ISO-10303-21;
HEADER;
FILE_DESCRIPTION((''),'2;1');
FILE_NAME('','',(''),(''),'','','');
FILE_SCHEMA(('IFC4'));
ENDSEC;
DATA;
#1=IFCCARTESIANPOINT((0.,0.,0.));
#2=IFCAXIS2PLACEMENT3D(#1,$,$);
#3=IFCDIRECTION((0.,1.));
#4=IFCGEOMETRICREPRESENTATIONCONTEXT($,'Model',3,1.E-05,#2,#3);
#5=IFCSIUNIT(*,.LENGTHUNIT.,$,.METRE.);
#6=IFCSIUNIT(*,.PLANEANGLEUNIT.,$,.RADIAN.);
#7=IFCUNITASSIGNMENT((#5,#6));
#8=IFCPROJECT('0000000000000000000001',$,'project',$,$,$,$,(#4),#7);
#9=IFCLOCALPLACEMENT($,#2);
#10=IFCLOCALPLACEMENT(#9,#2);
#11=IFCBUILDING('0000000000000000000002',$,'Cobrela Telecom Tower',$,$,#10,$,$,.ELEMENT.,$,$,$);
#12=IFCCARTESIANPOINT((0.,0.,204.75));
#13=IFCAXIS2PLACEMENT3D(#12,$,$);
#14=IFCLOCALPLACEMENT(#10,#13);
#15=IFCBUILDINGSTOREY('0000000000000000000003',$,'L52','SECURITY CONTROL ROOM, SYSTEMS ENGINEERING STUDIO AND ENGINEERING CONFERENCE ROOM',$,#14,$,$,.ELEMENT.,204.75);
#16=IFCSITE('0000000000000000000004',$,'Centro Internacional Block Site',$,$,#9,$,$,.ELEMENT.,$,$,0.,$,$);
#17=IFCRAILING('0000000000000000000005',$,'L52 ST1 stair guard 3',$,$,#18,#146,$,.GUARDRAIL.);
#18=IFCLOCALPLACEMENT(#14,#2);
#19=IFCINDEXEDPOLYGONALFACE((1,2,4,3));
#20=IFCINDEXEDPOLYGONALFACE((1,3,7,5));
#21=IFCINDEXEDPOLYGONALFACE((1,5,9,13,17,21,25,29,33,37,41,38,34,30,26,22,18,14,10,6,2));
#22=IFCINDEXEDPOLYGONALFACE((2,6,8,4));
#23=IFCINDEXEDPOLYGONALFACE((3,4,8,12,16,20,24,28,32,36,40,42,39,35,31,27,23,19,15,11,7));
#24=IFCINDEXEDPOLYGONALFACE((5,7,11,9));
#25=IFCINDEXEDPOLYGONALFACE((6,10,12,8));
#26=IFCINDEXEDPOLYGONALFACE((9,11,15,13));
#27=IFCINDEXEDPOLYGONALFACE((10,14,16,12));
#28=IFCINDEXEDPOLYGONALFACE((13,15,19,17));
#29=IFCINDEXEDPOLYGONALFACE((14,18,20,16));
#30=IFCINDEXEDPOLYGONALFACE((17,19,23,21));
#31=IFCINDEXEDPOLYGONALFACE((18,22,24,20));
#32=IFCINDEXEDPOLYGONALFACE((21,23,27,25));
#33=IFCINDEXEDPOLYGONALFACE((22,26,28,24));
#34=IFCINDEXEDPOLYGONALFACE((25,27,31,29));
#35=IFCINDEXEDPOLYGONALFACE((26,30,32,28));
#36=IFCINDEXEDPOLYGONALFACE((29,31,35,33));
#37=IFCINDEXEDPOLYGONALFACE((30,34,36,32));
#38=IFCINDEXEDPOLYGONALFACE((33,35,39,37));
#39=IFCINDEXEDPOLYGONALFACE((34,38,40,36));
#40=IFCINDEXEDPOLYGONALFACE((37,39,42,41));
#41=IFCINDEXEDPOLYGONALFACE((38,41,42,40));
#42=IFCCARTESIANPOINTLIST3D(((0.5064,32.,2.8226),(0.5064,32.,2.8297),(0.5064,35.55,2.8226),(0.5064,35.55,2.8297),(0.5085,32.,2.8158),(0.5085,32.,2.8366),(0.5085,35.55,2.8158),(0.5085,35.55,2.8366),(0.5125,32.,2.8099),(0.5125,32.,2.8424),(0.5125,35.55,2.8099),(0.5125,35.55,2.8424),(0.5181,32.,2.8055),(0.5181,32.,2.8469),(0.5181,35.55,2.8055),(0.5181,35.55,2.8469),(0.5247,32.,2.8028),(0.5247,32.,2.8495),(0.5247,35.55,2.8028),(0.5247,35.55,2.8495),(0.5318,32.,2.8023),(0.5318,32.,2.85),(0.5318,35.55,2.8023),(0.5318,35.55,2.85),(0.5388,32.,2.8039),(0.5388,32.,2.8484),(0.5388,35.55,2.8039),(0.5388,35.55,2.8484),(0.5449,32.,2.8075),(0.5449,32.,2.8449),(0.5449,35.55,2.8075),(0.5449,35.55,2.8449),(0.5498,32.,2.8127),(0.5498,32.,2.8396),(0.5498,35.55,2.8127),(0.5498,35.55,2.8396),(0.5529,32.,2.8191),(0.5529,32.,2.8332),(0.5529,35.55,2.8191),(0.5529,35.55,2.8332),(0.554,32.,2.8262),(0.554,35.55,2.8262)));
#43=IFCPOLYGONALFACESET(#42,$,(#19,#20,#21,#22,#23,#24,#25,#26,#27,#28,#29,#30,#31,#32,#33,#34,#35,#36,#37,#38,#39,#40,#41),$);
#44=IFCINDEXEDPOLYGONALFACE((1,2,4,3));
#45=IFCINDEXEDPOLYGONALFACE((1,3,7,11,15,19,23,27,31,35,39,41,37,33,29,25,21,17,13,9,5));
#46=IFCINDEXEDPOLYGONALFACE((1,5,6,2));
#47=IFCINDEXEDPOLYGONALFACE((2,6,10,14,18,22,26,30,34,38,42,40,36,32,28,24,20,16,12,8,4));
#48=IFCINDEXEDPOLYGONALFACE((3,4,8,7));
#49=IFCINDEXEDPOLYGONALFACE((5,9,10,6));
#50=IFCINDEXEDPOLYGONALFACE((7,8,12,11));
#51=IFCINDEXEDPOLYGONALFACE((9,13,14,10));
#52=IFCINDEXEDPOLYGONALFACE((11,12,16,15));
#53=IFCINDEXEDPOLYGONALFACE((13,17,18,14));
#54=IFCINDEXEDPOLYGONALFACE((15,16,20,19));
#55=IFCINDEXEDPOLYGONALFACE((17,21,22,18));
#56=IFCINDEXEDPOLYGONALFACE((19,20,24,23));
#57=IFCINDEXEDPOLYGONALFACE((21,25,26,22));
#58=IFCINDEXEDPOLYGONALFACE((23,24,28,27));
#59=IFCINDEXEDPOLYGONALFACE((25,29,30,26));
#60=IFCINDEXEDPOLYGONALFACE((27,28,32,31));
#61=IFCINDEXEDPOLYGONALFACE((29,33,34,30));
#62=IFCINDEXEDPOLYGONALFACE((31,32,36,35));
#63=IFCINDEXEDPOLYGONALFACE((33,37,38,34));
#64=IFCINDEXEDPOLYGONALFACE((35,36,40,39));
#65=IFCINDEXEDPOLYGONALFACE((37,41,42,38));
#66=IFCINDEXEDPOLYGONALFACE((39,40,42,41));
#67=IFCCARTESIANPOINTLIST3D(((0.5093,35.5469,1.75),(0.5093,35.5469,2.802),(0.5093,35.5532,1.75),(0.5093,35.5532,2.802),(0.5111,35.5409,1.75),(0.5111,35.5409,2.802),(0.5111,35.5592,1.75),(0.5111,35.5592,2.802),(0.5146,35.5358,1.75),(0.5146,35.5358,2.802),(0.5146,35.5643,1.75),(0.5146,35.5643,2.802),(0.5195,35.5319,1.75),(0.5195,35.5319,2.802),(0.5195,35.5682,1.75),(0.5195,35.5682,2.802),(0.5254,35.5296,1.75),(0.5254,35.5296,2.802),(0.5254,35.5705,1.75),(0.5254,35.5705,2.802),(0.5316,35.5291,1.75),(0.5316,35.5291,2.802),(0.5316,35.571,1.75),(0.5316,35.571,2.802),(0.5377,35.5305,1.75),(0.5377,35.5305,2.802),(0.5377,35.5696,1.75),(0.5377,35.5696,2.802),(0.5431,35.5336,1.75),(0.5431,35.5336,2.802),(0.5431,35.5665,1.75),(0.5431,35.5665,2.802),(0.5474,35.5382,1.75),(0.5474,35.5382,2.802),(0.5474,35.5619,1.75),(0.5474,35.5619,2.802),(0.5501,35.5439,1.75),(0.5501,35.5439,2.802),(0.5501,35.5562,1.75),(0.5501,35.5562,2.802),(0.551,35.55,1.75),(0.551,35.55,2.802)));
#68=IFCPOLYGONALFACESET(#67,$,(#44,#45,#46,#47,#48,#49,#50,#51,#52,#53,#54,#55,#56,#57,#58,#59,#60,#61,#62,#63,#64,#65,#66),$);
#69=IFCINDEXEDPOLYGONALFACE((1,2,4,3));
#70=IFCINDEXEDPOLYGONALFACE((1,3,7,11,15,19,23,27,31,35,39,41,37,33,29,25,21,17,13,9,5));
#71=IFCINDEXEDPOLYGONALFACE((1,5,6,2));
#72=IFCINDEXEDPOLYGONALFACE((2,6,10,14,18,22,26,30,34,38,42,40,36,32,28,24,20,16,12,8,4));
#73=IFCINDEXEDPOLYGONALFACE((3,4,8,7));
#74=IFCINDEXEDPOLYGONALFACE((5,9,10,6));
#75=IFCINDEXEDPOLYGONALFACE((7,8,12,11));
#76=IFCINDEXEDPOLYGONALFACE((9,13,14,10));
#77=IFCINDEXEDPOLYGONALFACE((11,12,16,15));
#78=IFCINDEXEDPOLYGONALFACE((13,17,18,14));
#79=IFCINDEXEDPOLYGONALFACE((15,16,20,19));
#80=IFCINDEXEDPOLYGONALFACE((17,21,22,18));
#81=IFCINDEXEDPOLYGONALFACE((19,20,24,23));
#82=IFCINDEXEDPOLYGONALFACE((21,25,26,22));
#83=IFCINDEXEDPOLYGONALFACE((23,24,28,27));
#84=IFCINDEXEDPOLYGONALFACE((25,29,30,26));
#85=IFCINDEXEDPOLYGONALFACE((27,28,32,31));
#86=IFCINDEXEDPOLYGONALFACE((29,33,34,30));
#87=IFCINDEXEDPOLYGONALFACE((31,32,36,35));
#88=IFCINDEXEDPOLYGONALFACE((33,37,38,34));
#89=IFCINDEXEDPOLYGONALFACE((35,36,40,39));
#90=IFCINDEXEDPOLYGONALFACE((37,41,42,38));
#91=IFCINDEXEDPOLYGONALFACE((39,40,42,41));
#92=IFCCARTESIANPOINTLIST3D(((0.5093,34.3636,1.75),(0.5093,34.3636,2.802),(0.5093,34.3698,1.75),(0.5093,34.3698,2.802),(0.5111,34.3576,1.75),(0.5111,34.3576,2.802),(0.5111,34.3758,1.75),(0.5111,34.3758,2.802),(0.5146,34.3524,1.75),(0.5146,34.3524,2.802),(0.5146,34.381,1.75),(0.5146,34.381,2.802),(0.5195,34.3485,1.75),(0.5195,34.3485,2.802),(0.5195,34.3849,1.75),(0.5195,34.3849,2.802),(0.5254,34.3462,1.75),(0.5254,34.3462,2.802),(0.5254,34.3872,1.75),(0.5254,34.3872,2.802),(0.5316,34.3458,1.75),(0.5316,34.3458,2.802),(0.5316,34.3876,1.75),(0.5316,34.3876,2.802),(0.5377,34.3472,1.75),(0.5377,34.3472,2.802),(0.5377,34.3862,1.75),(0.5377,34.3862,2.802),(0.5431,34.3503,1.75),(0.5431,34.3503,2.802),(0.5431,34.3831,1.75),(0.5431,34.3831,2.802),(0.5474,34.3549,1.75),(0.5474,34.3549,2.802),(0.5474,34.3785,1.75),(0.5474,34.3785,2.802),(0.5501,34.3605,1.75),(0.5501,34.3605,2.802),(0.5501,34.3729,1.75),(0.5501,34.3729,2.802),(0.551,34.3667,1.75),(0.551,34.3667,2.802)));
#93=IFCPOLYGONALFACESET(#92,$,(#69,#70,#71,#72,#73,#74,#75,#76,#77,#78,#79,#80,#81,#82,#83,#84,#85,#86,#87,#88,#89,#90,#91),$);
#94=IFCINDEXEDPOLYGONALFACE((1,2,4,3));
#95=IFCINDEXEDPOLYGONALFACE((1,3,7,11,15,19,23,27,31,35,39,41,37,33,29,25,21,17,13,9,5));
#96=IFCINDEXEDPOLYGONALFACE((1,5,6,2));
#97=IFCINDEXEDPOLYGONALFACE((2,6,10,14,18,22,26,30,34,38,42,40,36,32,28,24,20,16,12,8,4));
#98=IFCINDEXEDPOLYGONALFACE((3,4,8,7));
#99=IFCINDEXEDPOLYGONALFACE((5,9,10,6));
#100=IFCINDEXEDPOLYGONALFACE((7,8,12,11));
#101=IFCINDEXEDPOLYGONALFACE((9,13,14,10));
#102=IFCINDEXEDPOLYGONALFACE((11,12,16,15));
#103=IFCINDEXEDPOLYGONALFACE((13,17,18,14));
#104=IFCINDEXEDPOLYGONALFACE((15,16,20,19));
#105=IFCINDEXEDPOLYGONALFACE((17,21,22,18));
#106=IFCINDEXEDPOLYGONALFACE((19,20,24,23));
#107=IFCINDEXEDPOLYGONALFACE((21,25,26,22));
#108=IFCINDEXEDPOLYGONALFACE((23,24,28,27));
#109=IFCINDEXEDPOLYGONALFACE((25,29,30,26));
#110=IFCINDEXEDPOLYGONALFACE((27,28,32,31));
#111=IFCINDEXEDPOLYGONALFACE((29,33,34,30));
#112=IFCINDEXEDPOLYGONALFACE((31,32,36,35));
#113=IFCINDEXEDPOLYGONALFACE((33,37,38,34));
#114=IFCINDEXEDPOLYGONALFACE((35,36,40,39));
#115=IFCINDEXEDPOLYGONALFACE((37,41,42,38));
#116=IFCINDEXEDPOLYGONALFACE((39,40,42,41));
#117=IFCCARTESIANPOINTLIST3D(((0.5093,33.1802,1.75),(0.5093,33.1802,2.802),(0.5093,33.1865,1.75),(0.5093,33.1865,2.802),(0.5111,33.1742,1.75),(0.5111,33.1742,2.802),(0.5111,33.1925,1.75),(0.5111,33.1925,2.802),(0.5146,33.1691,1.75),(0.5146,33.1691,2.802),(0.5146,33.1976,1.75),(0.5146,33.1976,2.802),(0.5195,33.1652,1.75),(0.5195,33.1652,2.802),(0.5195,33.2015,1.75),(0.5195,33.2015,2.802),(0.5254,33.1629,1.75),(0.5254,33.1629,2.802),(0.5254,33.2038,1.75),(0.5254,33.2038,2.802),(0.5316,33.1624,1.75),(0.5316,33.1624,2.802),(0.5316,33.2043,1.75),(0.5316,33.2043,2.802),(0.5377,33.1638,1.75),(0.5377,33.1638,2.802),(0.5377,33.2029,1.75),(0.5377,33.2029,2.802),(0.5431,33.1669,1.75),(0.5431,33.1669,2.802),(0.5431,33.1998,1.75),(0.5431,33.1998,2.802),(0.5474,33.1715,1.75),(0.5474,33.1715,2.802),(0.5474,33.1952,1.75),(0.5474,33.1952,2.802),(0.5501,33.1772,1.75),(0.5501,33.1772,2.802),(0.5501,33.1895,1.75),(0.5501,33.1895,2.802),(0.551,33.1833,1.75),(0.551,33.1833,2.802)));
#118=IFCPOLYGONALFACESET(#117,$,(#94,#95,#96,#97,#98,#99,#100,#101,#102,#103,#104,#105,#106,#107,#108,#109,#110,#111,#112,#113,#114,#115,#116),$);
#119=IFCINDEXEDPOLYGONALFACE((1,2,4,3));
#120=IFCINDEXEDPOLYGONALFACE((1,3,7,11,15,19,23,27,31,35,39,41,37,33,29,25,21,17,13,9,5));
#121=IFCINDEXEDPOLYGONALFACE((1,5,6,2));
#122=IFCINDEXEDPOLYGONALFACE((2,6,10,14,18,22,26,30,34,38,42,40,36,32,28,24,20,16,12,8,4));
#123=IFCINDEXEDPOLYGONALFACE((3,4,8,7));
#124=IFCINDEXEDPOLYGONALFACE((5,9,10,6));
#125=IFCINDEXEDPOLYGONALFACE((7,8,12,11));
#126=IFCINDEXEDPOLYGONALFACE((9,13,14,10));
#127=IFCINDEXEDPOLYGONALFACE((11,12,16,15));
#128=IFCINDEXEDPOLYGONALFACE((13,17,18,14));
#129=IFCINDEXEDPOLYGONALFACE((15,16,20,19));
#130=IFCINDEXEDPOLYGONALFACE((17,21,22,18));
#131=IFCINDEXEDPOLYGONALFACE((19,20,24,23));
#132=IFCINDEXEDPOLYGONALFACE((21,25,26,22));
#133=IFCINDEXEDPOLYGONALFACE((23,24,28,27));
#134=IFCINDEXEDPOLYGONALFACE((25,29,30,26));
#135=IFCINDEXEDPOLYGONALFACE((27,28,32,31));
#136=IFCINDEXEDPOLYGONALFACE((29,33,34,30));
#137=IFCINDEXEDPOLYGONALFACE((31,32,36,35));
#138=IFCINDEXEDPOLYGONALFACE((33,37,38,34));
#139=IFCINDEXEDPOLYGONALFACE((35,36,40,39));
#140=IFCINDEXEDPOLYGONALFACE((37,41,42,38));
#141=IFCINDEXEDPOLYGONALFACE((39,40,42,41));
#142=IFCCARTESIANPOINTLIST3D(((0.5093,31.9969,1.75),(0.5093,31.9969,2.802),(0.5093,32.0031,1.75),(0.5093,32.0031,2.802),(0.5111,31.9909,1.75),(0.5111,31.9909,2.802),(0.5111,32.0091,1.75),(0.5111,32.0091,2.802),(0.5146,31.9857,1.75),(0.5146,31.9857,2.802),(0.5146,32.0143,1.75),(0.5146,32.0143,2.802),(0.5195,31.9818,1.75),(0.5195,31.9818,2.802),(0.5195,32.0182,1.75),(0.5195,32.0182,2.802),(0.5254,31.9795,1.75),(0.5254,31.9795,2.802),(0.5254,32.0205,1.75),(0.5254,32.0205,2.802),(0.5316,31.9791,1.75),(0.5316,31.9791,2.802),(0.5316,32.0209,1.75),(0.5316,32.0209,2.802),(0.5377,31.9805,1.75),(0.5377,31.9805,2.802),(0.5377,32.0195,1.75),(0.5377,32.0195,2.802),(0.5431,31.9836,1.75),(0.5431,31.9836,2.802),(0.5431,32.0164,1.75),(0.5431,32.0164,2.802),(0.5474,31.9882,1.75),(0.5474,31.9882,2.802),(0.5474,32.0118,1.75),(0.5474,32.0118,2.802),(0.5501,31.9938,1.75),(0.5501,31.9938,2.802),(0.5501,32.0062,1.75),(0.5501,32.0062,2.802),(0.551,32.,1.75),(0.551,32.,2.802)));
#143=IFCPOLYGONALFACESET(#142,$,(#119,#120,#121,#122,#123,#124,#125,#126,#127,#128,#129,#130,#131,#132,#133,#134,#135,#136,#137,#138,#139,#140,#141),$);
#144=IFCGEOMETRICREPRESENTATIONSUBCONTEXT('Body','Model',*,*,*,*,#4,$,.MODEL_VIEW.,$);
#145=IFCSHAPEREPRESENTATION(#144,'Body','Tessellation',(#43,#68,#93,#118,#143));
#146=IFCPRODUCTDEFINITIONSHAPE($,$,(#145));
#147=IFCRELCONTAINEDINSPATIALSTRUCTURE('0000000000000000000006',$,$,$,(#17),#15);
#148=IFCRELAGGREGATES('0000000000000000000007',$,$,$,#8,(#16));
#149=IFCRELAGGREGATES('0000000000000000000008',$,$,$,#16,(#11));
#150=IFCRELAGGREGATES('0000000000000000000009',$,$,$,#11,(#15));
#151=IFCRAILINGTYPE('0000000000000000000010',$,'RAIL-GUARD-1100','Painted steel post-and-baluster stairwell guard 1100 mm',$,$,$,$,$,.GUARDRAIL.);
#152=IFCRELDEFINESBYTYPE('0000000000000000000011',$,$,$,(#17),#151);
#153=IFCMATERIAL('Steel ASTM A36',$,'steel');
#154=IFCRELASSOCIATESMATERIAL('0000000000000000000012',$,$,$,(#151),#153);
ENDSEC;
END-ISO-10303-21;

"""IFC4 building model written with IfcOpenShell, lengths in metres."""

from ifc_helpers import new_model, si_unit, direction, frame, origin, origin_2d, place, context, subcontext, project, spatial, circle, extrude, material, type_object, element, save


model = new_model("IFC4")

# Units and contexts
model_context = context("Model", 3, precision=1e-05, world=origin(), true_north=direction((0.0, 1.0)))
body_context = subcontext(model_context, "Body", "Model", "MODEL_VIEW")
ifc_project = project(units=[si_unit("LENGTHUNIT", "METRE"), si_unit("PLANEANGLEUNIT", "RADIAN")], contexts=[model_context])

# Site, building, storey
site_placement = place(None, origin())
site = spatial("IfcSite", under=ifc_project, at=site_placement, Name="Centro Internacional Block Site", CompositionType="ELEMENT", RefElevation=0.0)
building_placement = place(site_placement, origin())
building = spatial("IfcBuilding", under=site, at=building_placement, Name="Cobrela Telecom Tower", CompositionType="ELEMENT")
storey_placement = place(building_placement, frame((0.0, 0.0, 204.75)))
storey = spatial("IfcBuildingStorey", under=building, at=storey_placement, Name="L52", Description="SECURITY CONTROL ROOM, SYSTEMS ENGINEERING STUDIO AND ENGINEERING CONFERENCE ROOM", CompositionType="ELEMENT", Elevation=204.75)

# Shared definitions
ifc_material_1 = material(Name="Steel ASTM A36", Category="steel")

# Railing
railing_type_1 = type_object("IfcRailingType", Name="RAIL-GUARD-1100", Description="Painted steel post-and-baluster stairwell guard 1100 mm", PredefinedType="GUARDRAIL", material=ifc_material_1)
railing_1_placement = place(storey_placement, frame((0.53, 35.55, 1.75)))
element("IfcRailing", 1, at=railing_1_placement, inside=storey, type_object=railing_type_1, Name="L52 ST1 stair guard 3", PredefinedType="GUARDRAIL", context=body_context, shape_type="SweptSolid", body=[
    extrude(circle(Radius=0.0239, at=origin_2d()), frame((0.0, 0.0, 1.0762), z_axis=(0.0, -1.0, 0.0), x_axis=(1.0, 0.0, 0.0)), (0.0, 0.0, 1.0), 3.55),
    extrude(circle(Radius=0.021, at=origin_2d()), origin(), (0.0, 0.0, 1.0), 1.052),
    extrude(circle(Radius=0.021, at=origin_2d()), frame((0.0, -1.1833, 0.0)), (0.0, 0.0, 1.0), 1.052),
    extrude(circle(Radius=0.021, at=origin_2d()), frame((0.0, -2.3667, 0.0)), (0.0, 0.0, 1.0), 1.052),
    extrude(circle(Radius=0.021, at=origin_2d()), frame((0.0, -3.55, 0.0)), (0.0, 0.0, 1.0), 1.052),
])

save(model, "model.ifc")
